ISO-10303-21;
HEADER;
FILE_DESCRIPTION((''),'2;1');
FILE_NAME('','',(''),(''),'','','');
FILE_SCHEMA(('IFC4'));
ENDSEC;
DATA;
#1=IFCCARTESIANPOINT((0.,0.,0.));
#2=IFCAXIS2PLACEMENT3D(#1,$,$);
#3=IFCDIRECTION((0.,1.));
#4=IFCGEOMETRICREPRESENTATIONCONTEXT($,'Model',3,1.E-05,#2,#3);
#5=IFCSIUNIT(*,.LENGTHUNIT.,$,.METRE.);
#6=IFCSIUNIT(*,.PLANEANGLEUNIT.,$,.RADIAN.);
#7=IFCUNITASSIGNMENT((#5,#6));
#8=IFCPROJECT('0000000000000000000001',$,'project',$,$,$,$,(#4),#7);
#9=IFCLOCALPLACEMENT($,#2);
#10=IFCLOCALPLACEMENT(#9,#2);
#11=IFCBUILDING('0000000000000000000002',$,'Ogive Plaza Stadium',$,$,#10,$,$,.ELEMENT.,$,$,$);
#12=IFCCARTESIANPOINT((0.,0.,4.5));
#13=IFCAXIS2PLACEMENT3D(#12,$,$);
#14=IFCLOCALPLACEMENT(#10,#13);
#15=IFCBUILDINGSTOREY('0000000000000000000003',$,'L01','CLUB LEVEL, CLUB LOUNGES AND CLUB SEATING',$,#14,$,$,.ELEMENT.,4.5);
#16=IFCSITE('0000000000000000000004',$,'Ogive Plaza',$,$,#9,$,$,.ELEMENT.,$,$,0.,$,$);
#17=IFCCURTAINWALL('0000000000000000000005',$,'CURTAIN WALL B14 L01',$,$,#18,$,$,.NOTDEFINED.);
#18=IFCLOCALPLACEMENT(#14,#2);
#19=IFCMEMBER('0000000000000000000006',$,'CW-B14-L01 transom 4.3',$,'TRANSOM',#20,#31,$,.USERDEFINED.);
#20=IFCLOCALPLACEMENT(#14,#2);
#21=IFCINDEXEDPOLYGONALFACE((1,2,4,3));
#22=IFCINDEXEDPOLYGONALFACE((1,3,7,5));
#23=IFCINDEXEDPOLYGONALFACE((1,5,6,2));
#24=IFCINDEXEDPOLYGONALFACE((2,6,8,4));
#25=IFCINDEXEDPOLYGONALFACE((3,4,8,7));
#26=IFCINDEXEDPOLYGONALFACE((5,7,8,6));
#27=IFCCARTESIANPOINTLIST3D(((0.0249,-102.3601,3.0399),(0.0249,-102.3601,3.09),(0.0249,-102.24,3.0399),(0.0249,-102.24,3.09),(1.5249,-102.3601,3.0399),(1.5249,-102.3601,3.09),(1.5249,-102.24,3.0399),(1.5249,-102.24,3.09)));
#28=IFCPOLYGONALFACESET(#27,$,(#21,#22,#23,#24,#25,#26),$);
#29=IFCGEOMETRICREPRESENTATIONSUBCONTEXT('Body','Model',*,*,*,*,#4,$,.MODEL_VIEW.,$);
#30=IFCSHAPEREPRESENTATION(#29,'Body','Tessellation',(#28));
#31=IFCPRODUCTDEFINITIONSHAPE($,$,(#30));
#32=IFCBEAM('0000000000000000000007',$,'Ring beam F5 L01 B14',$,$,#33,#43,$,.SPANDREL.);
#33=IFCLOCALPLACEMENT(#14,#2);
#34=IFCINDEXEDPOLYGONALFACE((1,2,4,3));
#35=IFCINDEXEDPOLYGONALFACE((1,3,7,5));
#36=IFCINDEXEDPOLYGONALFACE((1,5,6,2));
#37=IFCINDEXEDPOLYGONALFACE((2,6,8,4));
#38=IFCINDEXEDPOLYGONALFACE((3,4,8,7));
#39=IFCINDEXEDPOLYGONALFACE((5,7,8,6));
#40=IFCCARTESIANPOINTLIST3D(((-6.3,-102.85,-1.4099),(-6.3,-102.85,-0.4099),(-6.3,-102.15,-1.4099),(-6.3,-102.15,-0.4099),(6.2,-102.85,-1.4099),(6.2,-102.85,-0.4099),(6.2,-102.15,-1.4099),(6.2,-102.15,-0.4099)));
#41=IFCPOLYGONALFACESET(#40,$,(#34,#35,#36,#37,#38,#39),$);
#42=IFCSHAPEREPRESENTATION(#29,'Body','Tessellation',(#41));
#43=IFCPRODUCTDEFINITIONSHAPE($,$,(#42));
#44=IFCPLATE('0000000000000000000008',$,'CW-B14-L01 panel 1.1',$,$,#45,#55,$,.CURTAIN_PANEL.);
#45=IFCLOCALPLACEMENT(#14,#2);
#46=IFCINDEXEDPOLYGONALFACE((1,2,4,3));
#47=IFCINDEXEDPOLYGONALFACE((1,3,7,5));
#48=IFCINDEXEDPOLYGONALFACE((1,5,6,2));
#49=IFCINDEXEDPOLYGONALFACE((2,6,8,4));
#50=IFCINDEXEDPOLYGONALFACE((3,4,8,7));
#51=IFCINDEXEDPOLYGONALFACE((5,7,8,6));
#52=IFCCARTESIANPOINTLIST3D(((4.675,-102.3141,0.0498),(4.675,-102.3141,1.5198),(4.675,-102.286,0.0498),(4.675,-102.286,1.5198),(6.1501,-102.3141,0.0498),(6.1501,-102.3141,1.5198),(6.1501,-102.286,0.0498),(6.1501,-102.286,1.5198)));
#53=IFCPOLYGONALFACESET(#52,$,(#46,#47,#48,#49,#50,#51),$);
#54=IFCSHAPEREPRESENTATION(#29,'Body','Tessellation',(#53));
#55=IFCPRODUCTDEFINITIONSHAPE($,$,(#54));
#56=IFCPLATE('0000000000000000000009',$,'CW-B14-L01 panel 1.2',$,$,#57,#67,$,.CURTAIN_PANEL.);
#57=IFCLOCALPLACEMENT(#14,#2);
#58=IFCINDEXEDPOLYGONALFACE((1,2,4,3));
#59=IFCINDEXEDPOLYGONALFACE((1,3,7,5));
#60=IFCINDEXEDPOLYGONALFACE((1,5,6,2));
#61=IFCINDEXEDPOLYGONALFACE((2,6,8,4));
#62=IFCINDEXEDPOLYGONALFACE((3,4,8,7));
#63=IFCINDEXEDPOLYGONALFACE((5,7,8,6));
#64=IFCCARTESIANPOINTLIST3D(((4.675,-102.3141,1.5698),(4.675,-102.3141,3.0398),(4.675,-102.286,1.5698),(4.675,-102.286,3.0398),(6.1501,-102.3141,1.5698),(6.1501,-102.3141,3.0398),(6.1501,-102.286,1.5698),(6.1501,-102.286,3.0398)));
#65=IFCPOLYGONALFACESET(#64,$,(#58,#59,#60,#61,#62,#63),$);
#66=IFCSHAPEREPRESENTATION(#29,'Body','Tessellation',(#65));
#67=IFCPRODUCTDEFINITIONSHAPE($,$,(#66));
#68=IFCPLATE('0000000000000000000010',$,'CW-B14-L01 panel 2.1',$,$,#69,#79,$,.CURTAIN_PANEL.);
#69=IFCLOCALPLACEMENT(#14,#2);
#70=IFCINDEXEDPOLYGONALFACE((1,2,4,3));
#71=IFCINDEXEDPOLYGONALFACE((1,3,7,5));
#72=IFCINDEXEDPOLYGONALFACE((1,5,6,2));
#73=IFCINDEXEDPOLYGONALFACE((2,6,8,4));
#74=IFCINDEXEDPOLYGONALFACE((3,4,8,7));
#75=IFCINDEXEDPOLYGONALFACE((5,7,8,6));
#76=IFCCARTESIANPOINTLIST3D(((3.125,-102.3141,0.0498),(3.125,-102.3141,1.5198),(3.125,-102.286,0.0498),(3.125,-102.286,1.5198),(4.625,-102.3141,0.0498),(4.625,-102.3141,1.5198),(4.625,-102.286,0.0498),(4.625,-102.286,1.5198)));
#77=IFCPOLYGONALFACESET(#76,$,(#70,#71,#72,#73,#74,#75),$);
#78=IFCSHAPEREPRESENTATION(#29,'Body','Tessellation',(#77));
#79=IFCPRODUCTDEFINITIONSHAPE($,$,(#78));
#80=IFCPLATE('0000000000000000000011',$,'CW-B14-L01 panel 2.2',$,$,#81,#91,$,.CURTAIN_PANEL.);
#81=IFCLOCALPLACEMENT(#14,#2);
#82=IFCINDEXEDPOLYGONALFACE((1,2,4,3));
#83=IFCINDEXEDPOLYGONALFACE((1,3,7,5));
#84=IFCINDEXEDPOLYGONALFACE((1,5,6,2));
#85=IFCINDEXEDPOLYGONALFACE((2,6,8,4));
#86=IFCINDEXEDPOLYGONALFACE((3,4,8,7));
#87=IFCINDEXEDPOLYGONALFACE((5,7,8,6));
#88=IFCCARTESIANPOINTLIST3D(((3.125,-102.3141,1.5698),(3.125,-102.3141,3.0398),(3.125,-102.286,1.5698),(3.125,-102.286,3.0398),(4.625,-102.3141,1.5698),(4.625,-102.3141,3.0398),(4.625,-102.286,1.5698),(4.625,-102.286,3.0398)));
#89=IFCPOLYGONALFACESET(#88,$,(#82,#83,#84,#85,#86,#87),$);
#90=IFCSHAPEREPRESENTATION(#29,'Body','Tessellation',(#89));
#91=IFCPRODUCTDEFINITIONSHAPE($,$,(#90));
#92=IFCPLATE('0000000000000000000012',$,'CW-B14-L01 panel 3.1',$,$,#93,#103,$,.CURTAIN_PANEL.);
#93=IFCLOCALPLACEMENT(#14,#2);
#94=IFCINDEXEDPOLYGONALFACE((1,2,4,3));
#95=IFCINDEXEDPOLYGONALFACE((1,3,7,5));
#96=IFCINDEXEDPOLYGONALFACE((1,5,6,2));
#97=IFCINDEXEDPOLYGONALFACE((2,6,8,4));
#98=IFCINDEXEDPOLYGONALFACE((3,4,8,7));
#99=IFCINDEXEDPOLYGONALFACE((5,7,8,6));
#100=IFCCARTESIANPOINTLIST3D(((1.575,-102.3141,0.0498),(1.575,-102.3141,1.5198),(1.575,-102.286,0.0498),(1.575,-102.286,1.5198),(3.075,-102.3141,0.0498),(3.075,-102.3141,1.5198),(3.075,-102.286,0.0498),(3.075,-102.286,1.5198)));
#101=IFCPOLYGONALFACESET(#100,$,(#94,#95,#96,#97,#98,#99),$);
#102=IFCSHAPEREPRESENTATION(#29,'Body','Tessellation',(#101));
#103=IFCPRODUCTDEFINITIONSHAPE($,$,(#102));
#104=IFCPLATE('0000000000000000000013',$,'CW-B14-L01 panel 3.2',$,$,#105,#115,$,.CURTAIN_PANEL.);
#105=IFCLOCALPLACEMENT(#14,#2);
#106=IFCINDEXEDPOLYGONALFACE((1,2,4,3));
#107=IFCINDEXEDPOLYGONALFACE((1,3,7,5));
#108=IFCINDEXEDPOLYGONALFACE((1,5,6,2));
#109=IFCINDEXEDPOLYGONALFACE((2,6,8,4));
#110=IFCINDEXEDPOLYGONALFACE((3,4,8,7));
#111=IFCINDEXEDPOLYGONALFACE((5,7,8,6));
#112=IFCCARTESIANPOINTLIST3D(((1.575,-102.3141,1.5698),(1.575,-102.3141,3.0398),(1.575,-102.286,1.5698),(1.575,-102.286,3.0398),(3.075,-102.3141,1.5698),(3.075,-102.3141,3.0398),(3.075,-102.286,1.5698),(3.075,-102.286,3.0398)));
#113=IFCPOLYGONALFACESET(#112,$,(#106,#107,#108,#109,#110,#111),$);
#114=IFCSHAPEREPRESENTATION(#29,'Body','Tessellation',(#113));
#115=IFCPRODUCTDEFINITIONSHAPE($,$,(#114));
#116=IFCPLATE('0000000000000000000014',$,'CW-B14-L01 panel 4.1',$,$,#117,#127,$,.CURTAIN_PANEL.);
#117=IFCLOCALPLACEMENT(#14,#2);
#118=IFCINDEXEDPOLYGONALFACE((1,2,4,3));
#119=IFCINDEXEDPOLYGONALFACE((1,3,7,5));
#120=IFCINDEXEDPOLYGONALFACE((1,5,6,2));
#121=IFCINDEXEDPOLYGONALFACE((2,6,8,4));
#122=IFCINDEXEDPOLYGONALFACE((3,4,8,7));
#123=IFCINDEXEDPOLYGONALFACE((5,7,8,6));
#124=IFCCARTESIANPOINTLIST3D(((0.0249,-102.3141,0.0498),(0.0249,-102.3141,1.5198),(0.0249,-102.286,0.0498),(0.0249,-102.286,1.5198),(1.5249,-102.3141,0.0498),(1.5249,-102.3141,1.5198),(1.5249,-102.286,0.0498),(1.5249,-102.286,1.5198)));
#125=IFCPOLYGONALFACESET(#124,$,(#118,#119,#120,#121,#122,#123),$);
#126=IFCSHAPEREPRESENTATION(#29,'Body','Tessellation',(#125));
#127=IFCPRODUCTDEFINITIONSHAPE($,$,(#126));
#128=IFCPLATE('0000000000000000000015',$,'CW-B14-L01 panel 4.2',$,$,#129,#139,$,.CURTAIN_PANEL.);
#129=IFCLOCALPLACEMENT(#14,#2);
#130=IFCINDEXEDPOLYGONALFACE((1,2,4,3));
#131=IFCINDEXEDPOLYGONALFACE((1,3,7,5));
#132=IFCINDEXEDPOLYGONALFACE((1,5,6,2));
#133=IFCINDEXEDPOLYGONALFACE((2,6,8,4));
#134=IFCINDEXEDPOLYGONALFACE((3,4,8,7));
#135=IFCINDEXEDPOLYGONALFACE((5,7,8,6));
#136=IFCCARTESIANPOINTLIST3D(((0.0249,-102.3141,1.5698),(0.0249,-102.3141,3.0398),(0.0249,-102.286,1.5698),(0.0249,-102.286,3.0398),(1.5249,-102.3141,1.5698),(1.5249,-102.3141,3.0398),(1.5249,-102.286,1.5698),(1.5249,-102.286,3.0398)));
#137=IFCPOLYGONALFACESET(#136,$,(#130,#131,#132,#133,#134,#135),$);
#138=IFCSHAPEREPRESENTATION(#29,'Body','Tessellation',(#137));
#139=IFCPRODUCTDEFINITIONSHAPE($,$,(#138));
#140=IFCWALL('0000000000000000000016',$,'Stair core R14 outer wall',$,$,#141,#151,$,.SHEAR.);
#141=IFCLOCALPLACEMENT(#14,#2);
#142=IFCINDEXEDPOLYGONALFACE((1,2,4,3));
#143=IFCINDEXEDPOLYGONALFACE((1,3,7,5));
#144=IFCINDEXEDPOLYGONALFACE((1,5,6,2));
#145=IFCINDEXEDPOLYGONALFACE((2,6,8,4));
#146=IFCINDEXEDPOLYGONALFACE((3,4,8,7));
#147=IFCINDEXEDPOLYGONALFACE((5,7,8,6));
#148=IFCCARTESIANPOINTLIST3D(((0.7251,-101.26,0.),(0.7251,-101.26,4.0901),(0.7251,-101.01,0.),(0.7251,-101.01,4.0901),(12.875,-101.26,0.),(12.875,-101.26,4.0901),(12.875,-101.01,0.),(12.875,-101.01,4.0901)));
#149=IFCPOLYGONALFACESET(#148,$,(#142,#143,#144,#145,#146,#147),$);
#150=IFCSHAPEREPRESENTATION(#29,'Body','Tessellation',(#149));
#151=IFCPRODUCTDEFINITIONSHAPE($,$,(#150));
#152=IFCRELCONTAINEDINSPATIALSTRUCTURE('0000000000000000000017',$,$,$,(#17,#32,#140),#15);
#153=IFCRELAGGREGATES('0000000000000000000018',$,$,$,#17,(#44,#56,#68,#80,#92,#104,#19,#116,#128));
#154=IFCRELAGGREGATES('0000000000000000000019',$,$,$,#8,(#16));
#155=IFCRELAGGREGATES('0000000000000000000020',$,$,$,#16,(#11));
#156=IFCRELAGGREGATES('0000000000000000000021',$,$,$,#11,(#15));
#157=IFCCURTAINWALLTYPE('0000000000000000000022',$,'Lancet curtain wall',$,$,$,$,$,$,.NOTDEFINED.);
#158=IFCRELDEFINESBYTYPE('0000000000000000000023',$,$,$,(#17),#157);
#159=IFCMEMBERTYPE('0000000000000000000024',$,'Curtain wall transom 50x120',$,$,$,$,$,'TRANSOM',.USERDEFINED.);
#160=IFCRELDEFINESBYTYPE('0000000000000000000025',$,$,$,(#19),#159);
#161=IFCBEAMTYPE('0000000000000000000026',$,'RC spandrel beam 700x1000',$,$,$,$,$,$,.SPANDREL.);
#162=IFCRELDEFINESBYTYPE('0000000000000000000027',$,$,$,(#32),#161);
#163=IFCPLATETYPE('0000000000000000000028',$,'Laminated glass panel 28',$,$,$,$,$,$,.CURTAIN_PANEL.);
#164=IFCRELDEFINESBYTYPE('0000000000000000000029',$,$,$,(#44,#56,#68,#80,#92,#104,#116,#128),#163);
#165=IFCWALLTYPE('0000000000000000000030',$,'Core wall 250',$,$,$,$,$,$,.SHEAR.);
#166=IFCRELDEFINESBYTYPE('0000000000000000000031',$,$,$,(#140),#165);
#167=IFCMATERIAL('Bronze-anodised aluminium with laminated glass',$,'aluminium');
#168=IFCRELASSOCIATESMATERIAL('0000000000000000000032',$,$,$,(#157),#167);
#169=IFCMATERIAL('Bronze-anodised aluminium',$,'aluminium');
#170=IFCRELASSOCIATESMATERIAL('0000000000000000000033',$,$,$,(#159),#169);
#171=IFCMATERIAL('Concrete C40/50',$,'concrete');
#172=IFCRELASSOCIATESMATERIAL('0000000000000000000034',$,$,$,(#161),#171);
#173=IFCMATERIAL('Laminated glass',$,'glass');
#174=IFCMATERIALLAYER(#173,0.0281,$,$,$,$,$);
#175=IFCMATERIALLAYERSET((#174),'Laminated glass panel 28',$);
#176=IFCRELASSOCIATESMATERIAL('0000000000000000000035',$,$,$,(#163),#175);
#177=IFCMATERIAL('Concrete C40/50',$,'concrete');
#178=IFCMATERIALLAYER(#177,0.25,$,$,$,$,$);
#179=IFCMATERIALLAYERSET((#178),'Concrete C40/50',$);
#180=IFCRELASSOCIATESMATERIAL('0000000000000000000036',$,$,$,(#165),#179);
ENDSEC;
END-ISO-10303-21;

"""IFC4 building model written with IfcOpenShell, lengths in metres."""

from ifc_helpers import new_model, si_unit, direction, frame, frame_2d, origin, origin_2d, place, context, subcontext, project, spatial, rectangle, extrude, material, layer, layer_set, material_profile, profile_set, type_object, element, aggregate, save


model = new_model("IFC4")

# Units and contexts
model_context = context("Model", 3, precision=1e-05, world=origin(), true_north=direction((0.0, 1.0)))
body_context = subcontext(model_context, "Body", "Model", "MODEL_VIEW")
ifc_project = project(units=[si_unit("LENGTHUNIT", "METRE"), si_unit("PLANEANGLEUNIT", "RADIAN")], contexts=[model_context])

# Site, building, storey
site_placement = place(None, origin())
site = spatial("IfcSite", under=ifc_project, at=site_placement, Name="Ogive Plaza", CompositionType="ELEMENT", RefElevation=0.0)
building_placement = place(site_placement, origin())
building = spatial("IfcBuilding", under=site, at=building_placement, Name="Ogive Plaza Stadium", CompositionType="ELEMENT")
storey_placement = place(building_placement, frame((0.0, 0.0, 4.5)))
storey = spatial("IfcBuildingStorey", under=building, at=storey_placement, Name="L01", Description="CLUB LEVEL, CLUB LOUNGES AND CLUB SEATING", CompositionType="ELEMENT", Elevation=4.5)

# Curtain wall, member
ifc_material_1 = material(Name="Bronze-anodised aluminium with laminated glass", Category="aluminium")
curtain_wall_type = type_object("IfcCurtainWallType", Name="Lancet curtain wall", PredefinedType="NOTDEFINED", material=ifc_material_1)
curtain_wall_placement = place(storey_placement, origin())
curtain_wall = element("IfcCurtainWall", 1, at=curtain_wall_placement, inside=storey, type_object=curtain_wall_type, Name="CURTAIN WALL B14 L01", PredefinedType="NOTDEFINED")
ifc_material_2 = material(Name="Bronze-anodised aluminium", Category="aluminium")
ifc_material_profile_1 = material_profile(ifc_material_2, rectangle(XDim=0.1201, YDim=0.05, at=origin_2d()), Name="AL 120x50")
ifc_profile_set_1 = profile_set([ifc_material_profile_1], Name="Bronze-anodised aluminium")
member_type_1 = type_object("IfcMemberType", Name="Curtain wall transom 50x120", ElementType="TRANSOM", PredefinedType="USERDEFINED", material=ifc_profile_set_1)
member_1_placement = place(storey_placement, frame((1.5249, -102.3, 3.0649), z_axis=(-1.0, 0.0, 0.0), x_axis=(0.0, -1.0, 0.0)))
member_1 = element("IfcMember", 2, at=member_1_placement, type_object=member_type_1, Name="CW-B14-L01 transom 4.3", ObjectType="TRANSOM", PredefinedType="USERDEFINED", context=body_context, shape_type="SweptSolid", body=[
    extrude(rectangle(XDim=0.1201, YDim=0.05, at=origin_2d()), origin(), (0.0, 0.0, 1.0), 1.5),
])

# Beam
ifc_material_3 = material(Name="Concrete C40/50", Category="concrete")
ifc_material_profile_2 = material_profile(ifc_material_3, rectangle(XDim=0.7, YDim=1.0, at=origin_2d()), Name="RC 700x1000")
ifc_profile_set_2 = profile_set([ifc_material_profile_2], Name="Concrete C40/50")
beam_type = type_object("IfcBeamType", Name="RC spandrel beam 700x1000", PredefinedType="SPANDREL", material=ifc_profile_set_2)
beam_placement = place(storey_placement, frame((6.2, -102.5, -0.9099), z_axis=(-1.0, 0.0, 0.0), x_axis=(0.0, -1.0, 0.0)))
element("IfcBeam", 3, at=beam_placement, inside=storey, type_object=beam_type, Name="Ring beam F5 L01 B14", PredefinedType="SPANDREL", context=body_context, shape_type="SweptSolid", body=[
    extrude(rectangle(XDim=0.7, YDim=1.0, at=origin_2d()), origin(), (0.0, 0.0, 1.0), 12.5),
])

# Plates
ifc_material_4 = material(Name="Laminated glass", Category="glass")
ifc_layer_1 = layer(ifc_material_4, 0.0281)
ifc_layer_set_1 = layer_set([ifc_layer_1], Name="Laminated glass panel 28")
plate_type = type_object("IfcPlateType", Name="Laminated glass panel 28", PredefinedType="CURTAIN_PANEL", material=ifc_layer_set_1)
plate_1_placement = place(storey_placement, frame((5.4126, -102.3, 0.0498), z_axis=(0.0, 0.0, 1.0), x_axis=(-1.0, 0.0, 0.0)))
plate_1 = element("IfcPlate", 4, at=plate_1_placement, type_object=plate_type, Name="CW-B14-L01 panel 1.1", PredefinedType="CURTAIN_PANEL", context=body_context, shape_type="SweptSolid", body=[
    extrude(rectangle(XDim=1.4751, YDim=0.0281, at=origin_2d()), origin(), (0.0, 0.0, 1.0), 1.47),
])
plate_2_placement = place(storey_placement, frame((5.4126, -102.3, 1.5698), z_axis=(0.0, 0.0, 1.0), x_axis=(-1.0, 0.0, 0.0)))
plate_2 = element("IfcPlate", 5, at=plate_2_placement, type_object=plate_type, Name="CW-B14-L01 panel 1.2", PredefinedType="CURTAIN_PANEL", context=body_context, shape_type="SweptSolid", body=[
    extrude(rectangle(XDim=1.4751, YDim=0.0281, at=origin_2d()), origin(), (0.0, 0.0, 1.0), 1.47),
])
plate_3_placement = place(storey_placement, frame((3.875, -102.3, 0.0498), z_axis=(0.0, 0.0, 1.0), x_axis=(-1.0, 0.0, 0.0)))
plate_3 = element("IfcPlate", 6, at=plate_3_placement, type_object=plate_type, Name="CW-B14-L01 panel 2.1", PredefinedType="CURTAIN_PANEL", context=body_context, shape_type="SweptSolid", body=[
    extrude(rectangle(XDim=1.5, YDim=0.0281, at=origin_2d()), origin(), (0.0, 0.0, 1.0), 1.47),
])
plate_4_placement = place(storey_placement, frame((3.875, -102.3, 1.5698), z_axis=(0.0, 0.0, 1.0), x_axis=(-1.0, 0.0, 0.0)))
plate_4 = element("IfcPlate", 7, at=plate_4_placement, type_object=plate_type, Name="CW-B14-L01 panel 2.2", PredefinedType="CURTAIN_PANEL", context=body_context, shape_type="SweptSolid", body=[
    extrude(rectangle(XDim=1.5, YDim=0.0281, at=origin_2d()), origin(), (0.0, 0.0, 1.0), 1.47),
])
plate_5_placement = place(storey_placement, frame((2.325, -102.3, 0.0498), z_axis=(0.0, 0.0, 1.0), x_axis=(-1.0, 0.0, 0.0)))
plate_5 = element("IfcPlate", 8, at=plate_5_placement, type_object=plate_type, Name="CW-B14-L01 panel 3.1", PredefinedType="CURTAIN_PANEL", context=body_context, shape_type="SweptSolid", body=[
    extrude(rectangle(XDim=1.5, YDim=0.0281, at=origin_2d()), origin(), (0.0, 0.0, 1.0), 1.47),
])
plate_6_placement = place(storey_placement, frame((2.325, -102.3, 1.5698), z_axis=(0.0, 0.0, 1.0), x_axis=(-1.0, 0.0, 0.0)))
plate_6 = element("IfcPlate", 9, at=plate_6_placement, type_object=plate_type, Name="CW-B14-L01 panel 3.2", PredefinedType="CURTAIN_PANEL", context=body_context, shape_type="SweptSolid", body=[
    extrude(rectangle(XDim=1.5, YDim=0.0281, at=origin_2d()), origin(), (0.0, 0.0, 1.0), 1.47),
])
plate_7_placement = place(storey_placement, frame((0.7749, -102.3, 0.0498), z_axis=(0.0, 0.0, 1.0), x_axis=(-1.0, 0.0, 0.0)))
plate_7 = element("IfcPlate", 10, at=plate_7_placement, type_object=plate_type, Name="CW-B14-L01 panel 4.1", PredefinedType="CURTAIN_PANEL", context=body_context, shape_type="SweptSolid", body=[
    extrude(rectangle(XDim=1.5, YDim=0.0281, at=origin_2d()), origin(), (0.0, 0.0, 1.0), 1.47),
])
plate_8_placement = place(storey_placement, frame((0.7749, -102.3, 1.5698), z_axis=(0.0, 0.0, 1.0), x_axis=(-1.0, 0.0, 0.0)))
plate_8 = element("IfcPlate", 11, at=plate_8_placement, type_object=plate_type, Name="CW-B14-L01 panel 4.2", PredefinedType="CURTAIN_PANEL", context=body_context, shape_type="SweptSolid", body=[
    extrude(rectangle(XDim=1.5, YDim=0.0281, at=origin_2d()), origin(), (0.0, 0.0, 1.0), 1.47),
])
aggregate(curtain_wall, [plate_1, plate_2, plate_3, plate_4, plate_5, plate_6, member_1, plate_7, plate_8])

# Wall
ifc_material_5 = material(Name="Concrete C40/50", Category="concrete")
ifc_layer_2 = layer(ifc_material_5, 0.25)
ifc_layer_set_2 = layer_set([ifc_layer_2], Name="Concrete C40/50")
wall_type = type_object("IfcWallType", Name="Core wall 250", PredefinedType="SHEAR", material=ifc_layer_set_2)
wall_placement = place(storey_placement, frame((0.7251, -101.135, 0.0), z_axis=(0.0, 0.0, 1.0), x_axis=(1.0, 0.0, 0.0)))
element("IfcWall", 12, at=wall_placement, inside=storey, type_object=wall_type, Name="Stair core R14 outer wall", PredefinedType="SHEAR", context=body_context, shape_type="SweptSolid", body=[
    extrude(rectangle(XDim=12.1499, YDim=0.25, at=frame_2d((6.075, 0.0))), origin(), (0.0, 0.0, 1.0), 4.0901),
])

save(model, "model.ifc")
